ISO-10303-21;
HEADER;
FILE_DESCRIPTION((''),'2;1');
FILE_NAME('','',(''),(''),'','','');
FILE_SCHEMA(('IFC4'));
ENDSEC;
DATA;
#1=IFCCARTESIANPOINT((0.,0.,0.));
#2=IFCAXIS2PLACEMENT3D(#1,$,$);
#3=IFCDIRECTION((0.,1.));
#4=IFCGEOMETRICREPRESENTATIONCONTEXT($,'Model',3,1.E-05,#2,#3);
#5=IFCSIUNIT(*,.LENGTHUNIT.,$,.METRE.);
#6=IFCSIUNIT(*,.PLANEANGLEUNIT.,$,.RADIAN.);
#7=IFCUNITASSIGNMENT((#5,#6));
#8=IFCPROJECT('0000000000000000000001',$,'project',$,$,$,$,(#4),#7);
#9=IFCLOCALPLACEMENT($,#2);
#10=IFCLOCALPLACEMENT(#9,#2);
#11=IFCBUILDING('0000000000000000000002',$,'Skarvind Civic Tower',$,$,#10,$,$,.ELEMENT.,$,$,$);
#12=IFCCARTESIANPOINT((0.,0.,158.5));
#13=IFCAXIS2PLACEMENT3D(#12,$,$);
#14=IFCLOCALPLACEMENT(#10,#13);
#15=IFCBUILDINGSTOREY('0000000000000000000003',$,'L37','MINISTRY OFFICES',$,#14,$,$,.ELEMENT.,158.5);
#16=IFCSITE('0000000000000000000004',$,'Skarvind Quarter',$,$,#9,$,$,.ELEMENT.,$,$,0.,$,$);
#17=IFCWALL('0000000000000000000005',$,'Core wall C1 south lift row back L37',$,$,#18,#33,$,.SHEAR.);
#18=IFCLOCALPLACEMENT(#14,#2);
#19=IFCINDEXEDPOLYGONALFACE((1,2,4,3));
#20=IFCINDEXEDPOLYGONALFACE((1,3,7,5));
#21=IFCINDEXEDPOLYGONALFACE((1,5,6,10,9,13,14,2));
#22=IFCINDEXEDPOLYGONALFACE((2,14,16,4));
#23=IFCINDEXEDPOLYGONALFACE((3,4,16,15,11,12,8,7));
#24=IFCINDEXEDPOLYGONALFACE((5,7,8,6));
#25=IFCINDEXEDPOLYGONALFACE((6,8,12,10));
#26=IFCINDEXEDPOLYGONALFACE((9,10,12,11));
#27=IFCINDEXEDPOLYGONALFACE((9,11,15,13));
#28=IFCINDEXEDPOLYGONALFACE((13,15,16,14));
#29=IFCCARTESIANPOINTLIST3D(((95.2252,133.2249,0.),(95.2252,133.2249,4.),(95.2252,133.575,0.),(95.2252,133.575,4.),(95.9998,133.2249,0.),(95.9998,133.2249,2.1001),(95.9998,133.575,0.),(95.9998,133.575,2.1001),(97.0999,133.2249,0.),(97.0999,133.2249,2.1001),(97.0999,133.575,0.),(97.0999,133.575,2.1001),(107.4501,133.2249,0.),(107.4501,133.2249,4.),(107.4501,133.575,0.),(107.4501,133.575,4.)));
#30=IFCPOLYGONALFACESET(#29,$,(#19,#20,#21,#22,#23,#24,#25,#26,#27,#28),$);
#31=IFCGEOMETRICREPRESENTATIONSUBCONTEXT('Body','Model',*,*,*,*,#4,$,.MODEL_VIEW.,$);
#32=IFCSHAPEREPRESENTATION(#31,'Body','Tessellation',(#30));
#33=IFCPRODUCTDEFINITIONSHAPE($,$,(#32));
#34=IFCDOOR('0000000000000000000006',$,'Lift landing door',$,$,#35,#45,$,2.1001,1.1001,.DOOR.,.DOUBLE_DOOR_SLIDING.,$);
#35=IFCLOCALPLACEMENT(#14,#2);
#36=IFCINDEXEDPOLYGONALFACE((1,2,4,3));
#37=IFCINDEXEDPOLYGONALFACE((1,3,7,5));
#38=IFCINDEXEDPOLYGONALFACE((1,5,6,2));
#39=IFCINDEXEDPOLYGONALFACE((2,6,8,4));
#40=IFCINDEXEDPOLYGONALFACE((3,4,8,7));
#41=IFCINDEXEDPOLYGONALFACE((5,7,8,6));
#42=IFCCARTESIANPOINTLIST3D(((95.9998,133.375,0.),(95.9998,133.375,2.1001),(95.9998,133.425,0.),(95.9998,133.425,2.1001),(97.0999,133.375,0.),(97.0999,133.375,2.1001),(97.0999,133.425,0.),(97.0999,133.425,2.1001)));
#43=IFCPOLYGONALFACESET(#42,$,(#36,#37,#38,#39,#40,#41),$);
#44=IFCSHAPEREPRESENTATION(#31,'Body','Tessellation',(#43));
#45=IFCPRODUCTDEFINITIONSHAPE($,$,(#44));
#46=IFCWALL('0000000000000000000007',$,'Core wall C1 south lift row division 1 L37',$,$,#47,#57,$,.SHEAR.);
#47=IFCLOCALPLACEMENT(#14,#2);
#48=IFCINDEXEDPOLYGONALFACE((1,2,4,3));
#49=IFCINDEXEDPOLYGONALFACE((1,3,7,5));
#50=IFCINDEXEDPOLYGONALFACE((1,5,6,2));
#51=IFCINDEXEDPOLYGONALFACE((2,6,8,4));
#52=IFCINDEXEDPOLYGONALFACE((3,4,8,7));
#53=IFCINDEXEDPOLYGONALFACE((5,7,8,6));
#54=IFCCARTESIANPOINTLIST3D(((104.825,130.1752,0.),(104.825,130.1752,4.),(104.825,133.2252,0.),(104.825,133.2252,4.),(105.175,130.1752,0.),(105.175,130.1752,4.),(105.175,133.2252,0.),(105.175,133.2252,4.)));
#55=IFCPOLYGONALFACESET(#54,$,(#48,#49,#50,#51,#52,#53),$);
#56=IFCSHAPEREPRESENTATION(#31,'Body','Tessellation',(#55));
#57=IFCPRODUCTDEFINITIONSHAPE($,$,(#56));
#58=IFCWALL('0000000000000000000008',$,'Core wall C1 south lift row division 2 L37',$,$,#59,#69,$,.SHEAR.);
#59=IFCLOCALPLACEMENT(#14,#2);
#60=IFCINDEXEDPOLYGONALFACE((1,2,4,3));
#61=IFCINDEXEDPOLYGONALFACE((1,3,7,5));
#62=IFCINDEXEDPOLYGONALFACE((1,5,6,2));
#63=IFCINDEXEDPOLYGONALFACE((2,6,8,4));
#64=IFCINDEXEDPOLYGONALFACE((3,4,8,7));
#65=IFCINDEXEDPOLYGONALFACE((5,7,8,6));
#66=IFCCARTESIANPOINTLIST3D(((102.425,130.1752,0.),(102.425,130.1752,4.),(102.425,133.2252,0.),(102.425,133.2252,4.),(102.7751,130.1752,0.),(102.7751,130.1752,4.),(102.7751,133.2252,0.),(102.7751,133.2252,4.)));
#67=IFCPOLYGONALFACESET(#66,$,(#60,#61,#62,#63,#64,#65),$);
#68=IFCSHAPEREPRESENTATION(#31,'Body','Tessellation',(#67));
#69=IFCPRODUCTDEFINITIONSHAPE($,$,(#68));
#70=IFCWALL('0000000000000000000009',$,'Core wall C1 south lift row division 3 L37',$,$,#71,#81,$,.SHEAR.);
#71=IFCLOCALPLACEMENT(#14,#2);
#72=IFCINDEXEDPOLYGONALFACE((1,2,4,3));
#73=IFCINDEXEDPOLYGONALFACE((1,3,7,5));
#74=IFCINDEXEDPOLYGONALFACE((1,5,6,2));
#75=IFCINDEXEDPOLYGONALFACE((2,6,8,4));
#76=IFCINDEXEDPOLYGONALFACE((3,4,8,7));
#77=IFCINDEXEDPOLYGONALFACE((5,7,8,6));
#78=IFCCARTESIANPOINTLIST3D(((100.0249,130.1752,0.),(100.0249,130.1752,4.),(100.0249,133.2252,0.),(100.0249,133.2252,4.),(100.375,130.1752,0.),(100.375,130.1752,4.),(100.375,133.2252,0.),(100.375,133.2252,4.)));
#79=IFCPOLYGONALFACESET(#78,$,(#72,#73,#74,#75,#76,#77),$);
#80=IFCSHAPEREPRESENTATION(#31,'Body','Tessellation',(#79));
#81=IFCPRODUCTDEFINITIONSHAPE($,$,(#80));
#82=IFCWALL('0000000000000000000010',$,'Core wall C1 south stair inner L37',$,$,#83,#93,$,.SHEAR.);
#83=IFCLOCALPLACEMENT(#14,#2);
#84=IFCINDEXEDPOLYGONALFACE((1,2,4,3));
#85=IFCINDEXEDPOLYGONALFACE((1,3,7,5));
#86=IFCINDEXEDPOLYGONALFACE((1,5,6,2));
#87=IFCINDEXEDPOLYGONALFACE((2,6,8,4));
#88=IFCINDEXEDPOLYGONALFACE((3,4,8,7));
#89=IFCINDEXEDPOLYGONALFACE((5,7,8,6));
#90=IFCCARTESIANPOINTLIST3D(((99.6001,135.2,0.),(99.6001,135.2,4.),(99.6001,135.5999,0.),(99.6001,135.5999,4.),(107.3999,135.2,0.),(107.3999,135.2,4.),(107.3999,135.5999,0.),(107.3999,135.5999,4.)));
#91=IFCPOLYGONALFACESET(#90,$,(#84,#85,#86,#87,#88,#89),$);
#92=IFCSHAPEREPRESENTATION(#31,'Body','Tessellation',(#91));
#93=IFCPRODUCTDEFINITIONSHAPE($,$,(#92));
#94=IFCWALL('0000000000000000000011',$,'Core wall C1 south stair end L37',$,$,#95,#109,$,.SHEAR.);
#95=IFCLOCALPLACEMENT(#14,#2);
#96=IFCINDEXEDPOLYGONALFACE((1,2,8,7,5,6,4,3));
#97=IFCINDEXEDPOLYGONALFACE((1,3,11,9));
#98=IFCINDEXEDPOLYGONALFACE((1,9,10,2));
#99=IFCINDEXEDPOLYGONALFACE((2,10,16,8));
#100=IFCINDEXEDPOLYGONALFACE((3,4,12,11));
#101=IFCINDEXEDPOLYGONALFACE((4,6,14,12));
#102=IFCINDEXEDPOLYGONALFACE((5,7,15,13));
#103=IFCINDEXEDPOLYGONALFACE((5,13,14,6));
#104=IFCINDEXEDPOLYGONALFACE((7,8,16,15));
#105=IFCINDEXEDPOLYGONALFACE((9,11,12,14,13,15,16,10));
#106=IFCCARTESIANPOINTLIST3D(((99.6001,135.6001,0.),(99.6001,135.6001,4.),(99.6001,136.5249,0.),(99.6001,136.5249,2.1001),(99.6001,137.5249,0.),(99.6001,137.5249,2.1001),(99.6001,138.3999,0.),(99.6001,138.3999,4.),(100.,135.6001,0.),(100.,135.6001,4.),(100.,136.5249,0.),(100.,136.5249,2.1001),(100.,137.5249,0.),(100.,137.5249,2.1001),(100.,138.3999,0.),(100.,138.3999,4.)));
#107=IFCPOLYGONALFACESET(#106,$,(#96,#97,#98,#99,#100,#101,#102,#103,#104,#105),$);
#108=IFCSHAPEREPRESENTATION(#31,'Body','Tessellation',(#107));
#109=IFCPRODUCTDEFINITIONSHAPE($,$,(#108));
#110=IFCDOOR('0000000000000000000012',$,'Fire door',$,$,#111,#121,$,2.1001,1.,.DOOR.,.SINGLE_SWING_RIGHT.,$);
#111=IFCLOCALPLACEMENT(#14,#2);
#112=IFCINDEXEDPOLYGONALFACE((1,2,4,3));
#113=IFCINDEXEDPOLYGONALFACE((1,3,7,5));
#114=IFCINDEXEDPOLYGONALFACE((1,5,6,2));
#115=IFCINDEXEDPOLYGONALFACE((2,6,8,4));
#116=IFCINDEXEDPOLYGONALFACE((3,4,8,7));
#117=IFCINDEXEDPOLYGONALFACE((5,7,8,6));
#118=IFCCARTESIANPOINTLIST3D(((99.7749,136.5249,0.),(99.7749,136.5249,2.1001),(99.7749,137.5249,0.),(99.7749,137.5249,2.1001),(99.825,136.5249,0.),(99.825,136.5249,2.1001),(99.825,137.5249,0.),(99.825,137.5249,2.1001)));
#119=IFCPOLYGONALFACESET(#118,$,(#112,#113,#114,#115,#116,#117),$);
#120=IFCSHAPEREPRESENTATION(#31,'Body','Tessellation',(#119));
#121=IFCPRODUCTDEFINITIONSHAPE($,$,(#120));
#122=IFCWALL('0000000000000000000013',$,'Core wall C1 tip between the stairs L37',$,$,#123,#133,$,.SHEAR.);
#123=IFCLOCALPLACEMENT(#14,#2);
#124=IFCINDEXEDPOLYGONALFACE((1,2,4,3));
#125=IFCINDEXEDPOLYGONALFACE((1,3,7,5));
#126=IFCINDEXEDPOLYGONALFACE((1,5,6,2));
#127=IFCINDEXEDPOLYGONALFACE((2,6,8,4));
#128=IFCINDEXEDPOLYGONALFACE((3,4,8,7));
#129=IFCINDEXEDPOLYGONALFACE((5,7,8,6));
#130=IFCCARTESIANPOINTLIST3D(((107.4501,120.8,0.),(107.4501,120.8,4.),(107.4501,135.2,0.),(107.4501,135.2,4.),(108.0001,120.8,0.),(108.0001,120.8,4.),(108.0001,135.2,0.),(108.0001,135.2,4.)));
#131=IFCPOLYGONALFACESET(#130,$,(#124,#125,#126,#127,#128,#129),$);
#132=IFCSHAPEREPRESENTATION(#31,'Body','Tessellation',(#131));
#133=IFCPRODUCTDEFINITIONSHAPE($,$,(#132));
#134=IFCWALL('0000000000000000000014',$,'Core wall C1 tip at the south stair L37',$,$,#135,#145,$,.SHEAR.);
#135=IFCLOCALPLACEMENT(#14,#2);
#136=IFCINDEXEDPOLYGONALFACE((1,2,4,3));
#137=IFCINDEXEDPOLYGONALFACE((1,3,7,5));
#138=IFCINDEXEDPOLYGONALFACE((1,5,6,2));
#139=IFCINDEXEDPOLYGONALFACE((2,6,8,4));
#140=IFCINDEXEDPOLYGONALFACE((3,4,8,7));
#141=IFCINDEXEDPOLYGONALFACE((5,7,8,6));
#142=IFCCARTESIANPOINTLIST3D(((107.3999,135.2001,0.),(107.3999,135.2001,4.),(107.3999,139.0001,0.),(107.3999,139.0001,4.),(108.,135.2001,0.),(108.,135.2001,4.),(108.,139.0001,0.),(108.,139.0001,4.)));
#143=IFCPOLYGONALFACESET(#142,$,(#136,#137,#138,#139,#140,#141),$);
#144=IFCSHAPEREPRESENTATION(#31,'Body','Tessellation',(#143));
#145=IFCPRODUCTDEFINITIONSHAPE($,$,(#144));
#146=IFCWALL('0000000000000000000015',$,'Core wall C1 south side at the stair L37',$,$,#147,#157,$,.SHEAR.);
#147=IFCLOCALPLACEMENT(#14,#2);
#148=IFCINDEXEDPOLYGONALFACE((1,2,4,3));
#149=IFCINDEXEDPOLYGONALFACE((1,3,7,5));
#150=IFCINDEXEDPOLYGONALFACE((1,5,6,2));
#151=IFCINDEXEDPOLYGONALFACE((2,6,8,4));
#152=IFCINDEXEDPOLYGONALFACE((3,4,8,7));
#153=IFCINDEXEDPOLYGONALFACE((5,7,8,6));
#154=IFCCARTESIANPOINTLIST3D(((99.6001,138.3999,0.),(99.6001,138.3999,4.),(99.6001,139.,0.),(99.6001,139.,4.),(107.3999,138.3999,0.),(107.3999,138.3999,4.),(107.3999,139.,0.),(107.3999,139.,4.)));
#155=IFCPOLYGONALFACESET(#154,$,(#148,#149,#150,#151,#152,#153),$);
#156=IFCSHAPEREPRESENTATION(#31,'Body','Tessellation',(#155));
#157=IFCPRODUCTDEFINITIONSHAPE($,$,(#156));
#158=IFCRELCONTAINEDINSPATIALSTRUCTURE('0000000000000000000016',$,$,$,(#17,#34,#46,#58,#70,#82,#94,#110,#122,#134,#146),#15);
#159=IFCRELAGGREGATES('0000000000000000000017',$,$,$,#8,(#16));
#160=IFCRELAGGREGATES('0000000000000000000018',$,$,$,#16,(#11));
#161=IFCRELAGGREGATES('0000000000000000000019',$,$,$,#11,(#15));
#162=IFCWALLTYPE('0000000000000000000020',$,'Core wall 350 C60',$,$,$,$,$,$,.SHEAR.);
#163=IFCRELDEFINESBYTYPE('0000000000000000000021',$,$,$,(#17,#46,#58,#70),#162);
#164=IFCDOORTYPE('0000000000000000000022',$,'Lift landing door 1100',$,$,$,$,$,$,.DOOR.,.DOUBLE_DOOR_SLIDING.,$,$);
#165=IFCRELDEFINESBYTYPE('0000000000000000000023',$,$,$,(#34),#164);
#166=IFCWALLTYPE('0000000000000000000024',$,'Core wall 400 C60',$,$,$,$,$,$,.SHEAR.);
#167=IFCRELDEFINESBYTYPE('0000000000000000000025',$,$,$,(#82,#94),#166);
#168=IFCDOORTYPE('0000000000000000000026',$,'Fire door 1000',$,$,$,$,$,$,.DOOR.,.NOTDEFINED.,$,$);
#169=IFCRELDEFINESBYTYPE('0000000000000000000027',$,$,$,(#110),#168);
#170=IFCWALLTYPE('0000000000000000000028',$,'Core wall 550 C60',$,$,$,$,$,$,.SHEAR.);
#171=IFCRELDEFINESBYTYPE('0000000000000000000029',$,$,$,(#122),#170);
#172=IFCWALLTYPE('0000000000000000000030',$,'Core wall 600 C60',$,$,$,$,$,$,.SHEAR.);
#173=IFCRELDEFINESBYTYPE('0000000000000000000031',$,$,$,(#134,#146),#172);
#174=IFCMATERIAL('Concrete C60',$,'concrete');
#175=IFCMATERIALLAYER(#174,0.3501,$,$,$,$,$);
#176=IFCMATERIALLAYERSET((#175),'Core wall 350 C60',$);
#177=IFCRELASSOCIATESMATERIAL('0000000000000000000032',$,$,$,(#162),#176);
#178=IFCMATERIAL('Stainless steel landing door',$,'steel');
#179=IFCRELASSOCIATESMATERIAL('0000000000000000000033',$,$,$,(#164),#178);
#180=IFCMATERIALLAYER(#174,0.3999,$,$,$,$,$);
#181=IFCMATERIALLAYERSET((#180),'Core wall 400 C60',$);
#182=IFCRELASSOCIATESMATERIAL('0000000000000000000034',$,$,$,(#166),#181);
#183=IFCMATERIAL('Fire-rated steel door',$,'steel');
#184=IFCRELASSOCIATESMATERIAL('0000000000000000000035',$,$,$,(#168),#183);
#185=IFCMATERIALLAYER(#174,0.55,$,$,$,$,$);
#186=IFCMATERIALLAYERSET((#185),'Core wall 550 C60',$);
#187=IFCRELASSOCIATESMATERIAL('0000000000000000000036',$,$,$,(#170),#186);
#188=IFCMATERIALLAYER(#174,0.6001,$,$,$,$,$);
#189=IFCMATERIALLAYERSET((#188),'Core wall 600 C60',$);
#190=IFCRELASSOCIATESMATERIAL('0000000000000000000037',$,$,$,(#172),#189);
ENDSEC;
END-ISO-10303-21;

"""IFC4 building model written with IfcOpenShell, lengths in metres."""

from ifc_helpers import new_model, si_unit, direction, frame, frame_2d, origin, place, context, subcontext, project, spatial, rectangle, extrude, material, layer, layer_set, type_object, element, fill, save


model = new_model("IFC4")

# Units and contexts
model_context = context("Model", 3, precision=1e-05, world=origin(), true_north=direction((0.0, 1.0)))
body_context = subcontext(model_context, "Body", "Model", "MODEL_VIEW")
ifc_project = project(units=[si_unit("LENGTHUNIT", "METRE"), si_unit("PLANEANGLEUNIT", "RADIAN")], contexts=[model_context])

# Site, building, storey
site_placement = place(None, origin())
site = spatial("IfcSite", under=ifc_project, at=site_placement, Name="Skarvind Quarter", CompositionType="ELEMENT", RefElevation=0.0)
building_placement = place(site_placement, origin())
building = spatial("IfcBuilding", under=site, at=building_placement, Name="Skarvind Civic Tower", CompositionType="ELEMENT")
storey_placement = place(building_placement, frame((0.0, 0.0, 158.5)))
storey = spatial("IfcBuildingStorey", under=building, at=storey_placement, Name="L37", Description="MINISTRY OFFICES", CompositionType="ELEMENT", Elevation=158.5)

# Wall, opening, door
ifc_material_1 = material(Name="Concrete C60", Category="concrete")
ifc_layer_1 = layer(ifc_material_1, 0.3501)
ifc_layer_set_1 = layer_set([ifc_layer_1], Name="Core wall 350 C60")
wall_type_1 = type_object("IfcWallType", Name="Core wall 350 C60", PredefinedType="SHEAR", material=ifc_layer_set_1)
wall_1_placement = place(storey_placement, frame((107.45, 133.3999, 0.0), z_axis=(0.0, 0.0, 1.0), x_axis=(-1.0, 0.0, 0.0)))
wall_1 = element("IfcWall", 1, at=wall_1_placement, inside=storey, type_object=wall_type_1, Name="Core wall C1 south lift row back L37", PredefinedType="SHEAR", context=body_context, shape_type="SweptSolid", body=[
    extrude(rectangle(XDim=12.2249, YDim=0.3501, at=frame_2d((6.1123, 0.0))), origin(), (0.0, 0.0, 1.0), 4.0),
])
opening_1_placement = place(wall_1_placement, frame((10.3501, 0.0, 0.0)))
opening_1 = element("IfcOpeningElement", 2, at=opening_1_placement, cuts=wall_1, PredefinedType="OPENING", context=body_context, shape_type="SweptSolid", body=[
    extrude(rectangle(XDim=1.1001, YDim=2.1001, at=frame_2d((0.55, 1.05))), frame((0.0, 0.1851, 0.0), z_axis=(0.0, -1.0, 0.0), x_axis=(1.0, 0.0, 0.0)), (0.0, 0.0, 1.0), 0.3701),
])
ifc_material_2 = material(Name="Stainless steel landing door", Category="steel")
door_type_1 = type_object("IfcDoorType", Name="Lift landing door 1100", OperationType="DOUBLE_DOOR_SLIDING", PredefinedType="DOOR", material=ifc_material_2)
door_1_placement = place(opening_1_placement, origin())
door_1 = element("IfcDoor", 3, at=door_1_placement, inside=storey, type_object=door_type_1, Name="Lift landing door", OperationType="DOUBLE_DOOR_SLIDING", OverallHeight=2.1001, OverallWidth=1.1001, PredefinedType="DOOR", context=body_context, shape_type="SweptSolid", body=[
    extrude(rectangle(XDim=1.1001, YDim=2.1001, at=frame_2d((0.55, 1.05))), frame((0.0, 0.0249, 0.0), z_axis=(0.0, -1.0, 0.0), x_axis=(1.0, 0.0, 0.0)), (0.0, 0.0, 1.0), 0.05),
])
fill(opening_1, door_1)

# Walls
for number, where, z_axis, x_axis, name in (
    (4, (105.0, 133.2251, 0.0), (0.0, 0.0, 1.0), (0.0, -1.0, 0.0), "Core wall C1 south lift row division 1 L37"),
    (5, (102.6001, 133.2251, 0.0), (0.0, 0.0, 1.0), (0.0, -1.0, 0.0), "Core wall C1 south lift row division 2 L37"),
    (6, (100.2, 133.2251, 0.0), (0.0, 0.0, 1.0), (0.0, -1.0, 0.0), "Core wall C1 south lift row division 3 L37"),
):
    element("IfcWall", number, at=place(storey_placement, frame(where, z_axis=z_axis, x_axis=x_axis)), inside=storey, type_object=wall_type_1, Name=name, PredefinedType="SHEAR", context=body_context, shape_type="SweptSolid", body=[
        extrude(rectangle(XDim=3.05, YDim=0.3501, at=frame_2d((1.5249, 0.0))), origin(), (0.0, 0.0, 1.0), 4.0),
    ])
ifc_layer_2 = layer(ifc_material_1, 0.3999)
ifc_layer_set_2 = layer_set([ifc_layer_2], Name="Core wall 400 C60")
wall_type_2 = type_object("IfcWallType", Name="Core wall 400 C60", PredefinedType="SHEAR", material=ifc_layer_set_2)
wall_2_placement = place(storey_placement, frame((107.3999, 135.3999, 0.0), z_axis=(0.0, 0.0, 1.0), x_axis=(-1.0, 0.0, 0.0)))
element("IfcWall", 7, at=wall_2_placement, inside=storey, type_object=wall_type_2, Name="Core wall C1 south stair inner L37", PredefinedType="SHEAR", context=body_context, shape_type="SweptSolid", body=[
    extrude(rectangle(XDim=7.7998, YDim=0.3999, at=frame_2d((3.8999, 0.0))), origin(), (0.0, 0.0, 1.0), 4.0),
])

# Wall, opening, door
wall_3_placement = place(storey_placement, frame((99.8, 138.3999, 0.0), z_axis=(0.0, 0.0, 1.0), x_axis=(0.0, -1.0, 0.0)))
wall_3 = element("IfcWall", 8, at=wall_3_placement, inside=storey, type_object=wall_type_2, Name="Core wall C1 south stair end L37", PredefinedType="SHEAR", context=body_context, shape_type="SweptSolid", body=[
    extrude(rectangle(XDim=2.7998, YDim=0.3999, at=frame_2d((1.3999, 0.0))), origin(), (0.0, 0.0, 1.0), 4.0),
])
opening_2_placement = place(wall_3_placement, frame((0.875, 0.0, 0.0)))
opening_2 = element("IfcOpeningElement", 9, at=opening_2_placement, cuts=wall_3, PredefinedType="OPENING", context=body_context, shape_type="SweptSolid", body=[
    extrude(rectangle(XDim=1.0, YDim=2.1001, at=frame_2d((0.5, 1.05))), frame((0.0, 0.21, 0.0), z_axis=(0.0, -1.0, 0.0), x_axis=(1.0, 0.0, 0.0)), (0.0, 0.0, 1.0), 0.4199),
])
ifc_material_3 = material(Name="Fire-rated steel door", Category="steel")
door_type_2 = type_object("IfcDoorType", Name="Fire door 1000", OperationType="NOTDEFINED", PredefinedType="DOOR", material=ifc_material_3)
door_2_placement = place(opening_2_placement, origin())
door_2 = element("IfcDoor", 10, at=door_2_placement, inside=storey, type_object=door_type_2, Name="Fire door", OperationType="SINGLE_SWING_RIGHT", OverallHeight=2.1001, OverallWidth=1.0, PredefinedType="DOOR", context=body_context, shape_type="SweptSolid", body=[
    extrude(rectangle(XDim=1.0, YDim=2.1001, at=frame_2d((0.5, 1.05))), frame((0.0, 0.0249, 0.0), z_axis=(0.0, -1.0, 0.0), x_axis=(1.0, 0.0, 0.0)), (0.0, 0.0, 1.0), 0.05),
])
fill(opening_2, door_2)

# Walls
ifc_layer_3 = layer(ifc_material_1, 0.55)
ifc_layer_set_3 = layer_set([ifc_layer_3], Name="Core wall 550 C60")
wall_type_3 = type_object("IfcWallType", Name="Core wall 550 C60", PredefinedType="SHEAR", material=ifc_layer_set_3)
wall_4_placement = place(storey_placement, frame((107.7251, 135.2, 0.0), z_axis=(0.0, 0.0, 1.0), x_axis=(0.0, -1.0, 0.0)))
element("IfcWall", 11, at=wall_4_placement, inside=storey, type_object=wall_type_3, Name="Core wall C1 tip between the stairs L37", PredefinedType="SHEAR", context=body_context, shape_type="SweptSolid", body=[
    extrude(rectangle(XDim=14.3999, YDim=0.55, at=frame_2d((7.2, 0.0))), origin(), (0.0, 0.0, 1.0), 4.0),
])
ifc_layer_4 = layer(ifc_material_1, 0.6001)
ifc_layer_set_4 = layer_set([ifc_layer_4], Name="Core wall 600 C60")
wall_type_4 = type_object("IfcWallType", Name="Core wall 600 C60", PredefinedType="SHEAR", material=ifc_layer_set_4)
wall_5_placement = place(storey_placement, frame((107.7, 139.0, 0.0), z_axis=(0.0, 0.0, 1.0), x_axis=(0.0, -1.0, 0.0)))
element("IfcWall", 12, at=wall_5_placement, inside=storey, type_object=wall_type_4, Name="Core wall C1 tip at the south stair L37", PredefinedType="SHEAR", context=body_context, shape_type="SweptSolid", body=[
    extrude(rectangle(XDim=3.8, YDim=0.6001, at=frame_2d((1.8999, 0.0))), origin(), (0.0, 0.0, 1.0), 4.0),
])
wall_6_placement = place(storey_placement, frame((107.3999, 138.7, 0.0), z_axis=(0.0, 0.0, 1.0), x_axis=(-1.0, 0.0, 0.0)))
element("IfcWall", 13, at=wall_6_placement, inside=storey, type_object=wall_type_4, Name="Core wall C1 south side at the stair L37", PredefinedType="SHEAR", context=body_context, shape_type="SweptSolid", body=[
    extrude(rectangle(XDim=7.7998, YDim=0.6001, at=frame_2d((3.8999, 0.0))), origin(), (0.0, 0.0, 1.0), 4.0),
])

save(model, "model.ifc")
